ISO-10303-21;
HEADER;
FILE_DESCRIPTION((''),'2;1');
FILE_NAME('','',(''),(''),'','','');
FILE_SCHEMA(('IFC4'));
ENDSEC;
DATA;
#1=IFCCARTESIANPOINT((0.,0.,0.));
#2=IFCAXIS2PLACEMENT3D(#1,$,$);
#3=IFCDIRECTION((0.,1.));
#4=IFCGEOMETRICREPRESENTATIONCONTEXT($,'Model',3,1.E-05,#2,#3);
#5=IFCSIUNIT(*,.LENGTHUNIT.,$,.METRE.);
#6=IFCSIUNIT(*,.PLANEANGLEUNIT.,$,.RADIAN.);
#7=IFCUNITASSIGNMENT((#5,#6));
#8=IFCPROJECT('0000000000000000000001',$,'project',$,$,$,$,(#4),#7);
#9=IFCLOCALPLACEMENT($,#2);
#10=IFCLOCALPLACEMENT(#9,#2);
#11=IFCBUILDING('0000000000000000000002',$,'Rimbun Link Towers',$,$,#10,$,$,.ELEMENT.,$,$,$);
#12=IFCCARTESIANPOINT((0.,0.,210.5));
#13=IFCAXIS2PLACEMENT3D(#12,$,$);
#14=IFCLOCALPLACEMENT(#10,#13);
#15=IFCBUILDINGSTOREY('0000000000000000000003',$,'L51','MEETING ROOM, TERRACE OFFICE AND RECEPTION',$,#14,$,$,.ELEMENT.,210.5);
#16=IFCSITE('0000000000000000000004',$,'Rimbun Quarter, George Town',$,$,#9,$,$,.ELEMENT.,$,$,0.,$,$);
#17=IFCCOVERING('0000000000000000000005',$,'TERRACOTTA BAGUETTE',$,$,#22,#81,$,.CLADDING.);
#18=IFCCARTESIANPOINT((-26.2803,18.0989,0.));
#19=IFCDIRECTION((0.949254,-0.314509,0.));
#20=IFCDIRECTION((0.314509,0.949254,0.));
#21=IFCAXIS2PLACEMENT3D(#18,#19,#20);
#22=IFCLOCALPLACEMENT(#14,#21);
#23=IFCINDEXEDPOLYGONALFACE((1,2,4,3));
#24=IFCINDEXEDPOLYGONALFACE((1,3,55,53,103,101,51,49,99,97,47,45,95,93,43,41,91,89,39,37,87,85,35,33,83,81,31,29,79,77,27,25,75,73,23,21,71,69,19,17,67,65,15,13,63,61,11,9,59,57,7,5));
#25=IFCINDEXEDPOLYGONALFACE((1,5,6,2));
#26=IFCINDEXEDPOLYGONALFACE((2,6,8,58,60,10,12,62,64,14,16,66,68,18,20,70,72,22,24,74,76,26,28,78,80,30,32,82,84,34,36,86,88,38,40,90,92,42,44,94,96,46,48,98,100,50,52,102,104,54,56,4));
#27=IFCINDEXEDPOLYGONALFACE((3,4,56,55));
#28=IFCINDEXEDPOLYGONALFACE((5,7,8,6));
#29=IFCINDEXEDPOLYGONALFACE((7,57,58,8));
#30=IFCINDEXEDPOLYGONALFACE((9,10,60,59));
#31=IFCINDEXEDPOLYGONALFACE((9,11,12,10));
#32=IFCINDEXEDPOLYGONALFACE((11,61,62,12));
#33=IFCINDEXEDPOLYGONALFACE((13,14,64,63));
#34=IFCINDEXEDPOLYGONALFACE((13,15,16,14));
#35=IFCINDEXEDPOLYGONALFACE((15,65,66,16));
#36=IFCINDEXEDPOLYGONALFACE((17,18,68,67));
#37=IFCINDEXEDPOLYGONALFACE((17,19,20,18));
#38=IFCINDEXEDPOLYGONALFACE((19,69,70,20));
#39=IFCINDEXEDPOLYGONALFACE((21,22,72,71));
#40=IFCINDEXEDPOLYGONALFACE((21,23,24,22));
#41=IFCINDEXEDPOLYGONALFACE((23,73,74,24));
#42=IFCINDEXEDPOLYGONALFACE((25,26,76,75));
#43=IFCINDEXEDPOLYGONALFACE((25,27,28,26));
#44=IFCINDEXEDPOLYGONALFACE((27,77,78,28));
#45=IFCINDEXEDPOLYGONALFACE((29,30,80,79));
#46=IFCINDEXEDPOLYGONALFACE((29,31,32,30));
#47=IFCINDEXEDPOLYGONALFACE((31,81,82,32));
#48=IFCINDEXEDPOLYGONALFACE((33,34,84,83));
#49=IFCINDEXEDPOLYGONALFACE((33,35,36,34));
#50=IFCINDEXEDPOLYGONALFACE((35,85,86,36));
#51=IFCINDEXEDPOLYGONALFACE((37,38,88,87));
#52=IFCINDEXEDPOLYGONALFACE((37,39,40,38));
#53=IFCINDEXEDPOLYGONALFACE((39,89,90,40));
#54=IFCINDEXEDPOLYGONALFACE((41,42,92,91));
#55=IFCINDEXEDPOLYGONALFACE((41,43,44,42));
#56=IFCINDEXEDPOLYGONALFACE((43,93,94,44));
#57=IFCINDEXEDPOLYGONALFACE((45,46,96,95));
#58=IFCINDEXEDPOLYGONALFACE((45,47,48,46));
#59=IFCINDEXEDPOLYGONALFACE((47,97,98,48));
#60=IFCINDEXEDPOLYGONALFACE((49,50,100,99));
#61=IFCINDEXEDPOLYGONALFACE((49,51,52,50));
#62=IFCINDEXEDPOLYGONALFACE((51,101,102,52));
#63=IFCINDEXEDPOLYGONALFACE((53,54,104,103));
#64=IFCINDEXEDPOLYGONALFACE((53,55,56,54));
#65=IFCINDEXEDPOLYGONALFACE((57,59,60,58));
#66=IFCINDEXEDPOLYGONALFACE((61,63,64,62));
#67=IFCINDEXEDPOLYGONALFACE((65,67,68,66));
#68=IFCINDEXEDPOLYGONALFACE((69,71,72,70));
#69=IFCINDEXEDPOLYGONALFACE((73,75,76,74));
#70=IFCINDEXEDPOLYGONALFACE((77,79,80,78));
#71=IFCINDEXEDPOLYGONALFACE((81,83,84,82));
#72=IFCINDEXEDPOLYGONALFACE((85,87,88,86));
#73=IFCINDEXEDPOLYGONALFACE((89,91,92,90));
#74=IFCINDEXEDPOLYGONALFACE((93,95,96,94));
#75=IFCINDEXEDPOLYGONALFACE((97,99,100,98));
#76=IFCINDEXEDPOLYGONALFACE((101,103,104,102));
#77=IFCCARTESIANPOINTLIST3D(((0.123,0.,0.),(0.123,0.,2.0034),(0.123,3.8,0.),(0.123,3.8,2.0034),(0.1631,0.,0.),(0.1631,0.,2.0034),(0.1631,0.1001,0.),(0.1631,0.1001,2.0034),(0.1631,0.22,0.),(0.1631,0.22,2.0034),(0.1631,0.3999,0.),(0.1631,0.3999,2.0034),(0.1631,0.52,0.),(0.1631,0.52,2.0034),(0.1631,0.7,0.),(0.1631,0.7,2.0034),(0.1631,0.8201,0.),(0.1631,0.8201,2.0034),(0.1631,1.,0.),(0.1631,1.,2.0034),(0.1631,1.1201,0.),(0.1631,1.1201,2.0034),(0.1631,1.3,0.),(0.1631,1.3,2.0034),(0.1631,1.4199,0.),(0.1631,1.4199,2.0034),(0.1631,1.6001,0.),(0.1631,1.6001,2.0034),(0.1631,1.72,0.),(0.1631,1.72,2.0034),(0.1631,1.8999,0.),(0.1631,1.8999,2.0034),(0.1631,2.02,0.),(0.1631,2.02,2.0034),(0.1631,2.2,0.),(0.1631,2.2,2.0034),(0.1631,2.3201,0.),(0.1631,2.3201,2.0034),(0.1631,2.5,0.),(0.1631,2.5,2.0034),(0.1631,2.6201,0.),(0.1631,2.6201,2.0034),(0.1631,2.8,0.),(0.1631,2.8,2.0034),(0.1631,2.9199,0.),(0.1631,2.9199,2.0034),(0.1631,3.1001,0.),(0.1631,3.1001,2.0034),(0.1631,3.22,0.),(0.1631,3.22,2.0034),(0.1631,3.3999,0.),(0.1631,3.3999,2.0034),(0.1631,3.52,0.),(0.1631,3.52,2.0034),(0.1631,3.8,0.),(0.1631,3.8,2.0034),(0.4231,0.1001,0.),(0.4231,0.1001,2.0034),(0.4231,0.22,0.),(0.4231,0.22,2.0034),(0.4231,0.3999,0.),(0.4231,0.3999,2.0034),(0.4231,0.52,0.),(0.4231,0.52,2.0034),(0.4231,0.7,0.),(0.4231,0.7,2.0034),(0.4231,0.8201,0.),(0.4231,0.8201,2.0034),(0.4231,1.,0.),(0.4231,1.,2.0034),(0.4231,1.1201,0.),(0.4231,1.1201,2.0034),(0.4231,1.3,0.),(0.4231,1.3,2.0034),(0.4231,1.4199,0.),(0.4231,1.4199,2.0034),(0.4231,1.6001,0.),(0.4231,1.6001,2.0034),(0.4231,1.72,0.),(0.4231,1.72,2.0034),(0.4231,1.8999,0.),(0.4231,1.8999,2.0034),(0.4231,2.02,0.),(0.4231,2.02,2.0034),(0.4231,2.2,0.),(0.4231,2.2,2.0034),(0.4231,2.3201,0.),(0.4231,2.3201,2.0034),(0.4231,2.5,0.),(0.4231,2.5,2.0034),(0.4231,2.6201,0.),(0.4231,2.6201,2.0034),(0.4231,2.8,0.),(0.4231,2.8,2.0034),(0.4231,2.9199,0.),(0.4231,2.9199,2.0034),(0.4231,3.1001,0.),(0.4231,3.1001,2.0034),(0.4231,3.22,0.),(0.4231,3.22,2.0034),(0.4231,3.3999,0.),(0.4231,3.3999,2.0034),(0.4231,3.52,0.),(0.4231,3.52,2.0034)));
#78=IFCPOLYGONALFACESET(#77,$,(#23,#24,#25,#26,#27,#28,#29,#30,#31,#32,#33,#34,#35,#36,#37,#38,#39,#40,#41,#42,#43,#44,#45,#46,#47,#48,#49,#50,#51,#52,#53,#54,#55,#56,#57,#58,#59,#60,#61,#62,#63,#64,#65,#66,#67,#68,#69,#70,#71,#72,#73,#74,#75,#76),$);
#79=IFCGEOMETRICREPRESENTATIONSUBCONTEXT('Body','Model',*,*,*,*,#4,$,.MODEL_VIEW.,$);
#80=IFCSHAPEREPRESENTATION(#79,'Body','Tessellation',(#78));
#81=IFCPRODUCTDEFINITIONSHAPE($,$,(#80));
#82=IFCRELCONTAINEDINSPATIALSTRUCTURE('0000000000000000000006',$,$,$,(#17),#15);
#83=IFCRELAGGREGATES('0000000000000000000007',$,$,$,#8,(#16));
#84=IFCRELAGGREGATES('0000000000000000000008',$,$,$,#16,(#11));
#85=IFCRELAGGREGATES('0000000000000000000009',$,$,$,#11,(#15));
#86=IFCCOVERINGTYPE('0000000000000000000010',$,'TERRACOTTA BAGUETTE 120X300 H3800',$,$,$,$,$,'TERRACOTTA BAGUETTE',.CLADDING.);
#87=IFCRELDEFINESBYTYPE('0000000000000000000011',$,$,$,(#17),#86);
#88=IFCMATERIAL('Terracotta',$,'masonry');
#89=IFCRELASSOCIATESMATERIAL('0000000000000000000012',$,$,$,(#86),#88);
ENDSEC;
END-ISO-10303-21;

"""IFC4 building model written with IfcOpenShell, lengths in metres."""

from ifc_helpers import new_model, si_unit, direction, frame, origin, place, context, subcontext, project, spatial, polyline, outline, extrude, material, material_profile, profile_set, type_object, element, save


model = new_model("IFC4")

# Units and contexts
model_context = context("Model", 3, precision=1e-05, world=origin(), true_north=direction((0.0, 1.0)))
body_context = subcontext(model_context, "Body", "Model", "MODEL_VIEW")
ifc_project = project(units=[si_unit("LENGTHUNIT", "METRE"), si_unit("PLANEANGLEUNIT", "RADIAN")], contexts=[model_context])

# Site, building, storey
site_placement = place(None, origin())
site = spatial("IfcSite", under=ifc_project, at=site_placement, Name="Rimbun Quarter, George Town", CompositionType="ELEMENT", RefElevation=0.0)
building_placement = place(site_placement, origin())
building = spatial("IfcBuilding", under=site, at=building_placement, Name="Rimbun Link Towers", CompositionType="ELEMENT")
storey_placement = place(building_placement, frame((0.0, 0.0, 210.5)))
storey = spatial("IfcBuildingStorey", under=building, at=storey_placement, Name="L51", Description="MEETING ROOM, TERRACE OFFICE AND RECEPTION", CompositionType="ELEMENT", Elevation=210.5)

# Covering
ifc_material_1 = material(Name="Terracotta", Category="masonry")
ifc_material_profile_1 = material_profile(ifc_material_1, outline(polyline([(0.123, 0.0), (0.1631, 0.0), (0.1631, 0.1001), (0.4231, 0.1001), (0.4231, 0.22), (0.1631, 0.22), (0.1631, 0.3999), (0.4231, 0.3999), (0.4231, 0.52), (0.1631, 0.52), (0.1631, 0.7), (0.4231, 0.7), (0.4231, 0.8201), (0.1631, 0.8201), (0.1631, 1.0), (0.4231, 1.0), (0.4231, 1.1201), (0.1631, 1.1201), (0.1631, 1.3), (0.4231, 1.3), (0.4231, 1.4199), (0.1631, 1.4199), (0.1631, 1.6001), (0.4231, 1.6001), (0.4231, 1.72), (0.1631, 1.72), (0.1631, 1.8999), (0.4231, 1.8999), (0.4231, 2.02), (0.1631, 2.02), (0.1631, 2.2), (0.4231, 2.2), (0.4231, 2.3201), (0.1631, 2.3201), (0.1631, 2.5), (0.4231, 2.5), (0.4231, 2.6201), (0.1631, 2.6201), (0.1631, 2.8), (0.4231, 2.8), (0.4231, 2.9199), (0.1631, 2.9199), (0.1631, 3.1001), (0.4231, 3.1001), (0.4231, 3.22), (0.1631, 3.22), (0.1631, 3.3999), (0.4231, 3.3999), (0.4231, 3.52), (0.1631, 3.52), (0.1631, 3.8), (0.123, 3.8), (0.123, 0.0)])), Name="BAGUETTE 120X300")
ifc_profile_set_1 = profile_set([ifc_material_profile_1], Name="Terracotta")
covering_type = type_object("IfcCoveringType", Name="TERRACOTTA BAGUETTE 120X300 H3800", ElementType="TERRACOTTA BAGUETTE", PredefinedType="CLADDING", material=ifc_profile_set_1)
covering_1_placement = place(storey_placement, frame((-26.2803, 18.0989, 0.0), z_axis=(0.949254, -0.314509, 0.0), x_axis=(0.314509, 0.949254, 0.0)))
element("IfcCovering", 1, at=covering_1_placement, inside=storey, type_object=covering_type, Name="TERRACOTTA BAGUETTE", PredefinedType="CLADDING", context=body_context, shape_type="SweptSolid", body=[
    extrude(outline(polyline([(0.123, 0.0), (0.1631, 0.0), (0.1631, 0.1001), (0.4231, 0.1001), (0.4231, 0.22), (0.1631, 0.22), (0.1631, 0.3999), (0.4231, 0.3999), (0.4231, 0.52), (0.1631, 0.52), (0.1631, 0.7), (0.4231, 0.7), (0.4231, 0.8201), (0.1631, 0.8201), (0.1631, 1.0), (0.4231, 1.0), (0.4231, 1.1201), (0.1631, 1.1201), (0.1631, 1.3), (0.4231, 1.3), (0.4231, 1.4199), (0.1631, 1.4199), (0.1631, 1.6001), (0.4231, 1.6001), (0.4231, 1.72), (0.1631, 1.72), (0.1631, 1.8999), (0.4231, 1.8999), (0.4231, 2.02), (0.1631, 2.02), (0.1631, 2.2), (0.4231, 2.2), (0.4231, 2.3201), (0.1631, 2.3201), (0.1631, 2.5), (0.4231, 2.5), (0.4231, 2.6201), (0.1631, 2.6201), (0.1631, 2.8), (0.4231, 2.8), (0.4231, 2.9199), (0.1631, 2.9199), (0.1631, 3.1001), (0.4231, 3.1001), (0.4231, 3.22), (0.1631, 3.22), (0.1631, 3.3999), (0.4231, 3.3999), (0.4231, 3.52), (0.1631, 3.52), (0.1631, 3.8), (0.123, 3.8), (0.123, 0.0)])), origin(), (0.0, 0.0, 1.0), 2.0034),
])

save(model, "model.ifc")
